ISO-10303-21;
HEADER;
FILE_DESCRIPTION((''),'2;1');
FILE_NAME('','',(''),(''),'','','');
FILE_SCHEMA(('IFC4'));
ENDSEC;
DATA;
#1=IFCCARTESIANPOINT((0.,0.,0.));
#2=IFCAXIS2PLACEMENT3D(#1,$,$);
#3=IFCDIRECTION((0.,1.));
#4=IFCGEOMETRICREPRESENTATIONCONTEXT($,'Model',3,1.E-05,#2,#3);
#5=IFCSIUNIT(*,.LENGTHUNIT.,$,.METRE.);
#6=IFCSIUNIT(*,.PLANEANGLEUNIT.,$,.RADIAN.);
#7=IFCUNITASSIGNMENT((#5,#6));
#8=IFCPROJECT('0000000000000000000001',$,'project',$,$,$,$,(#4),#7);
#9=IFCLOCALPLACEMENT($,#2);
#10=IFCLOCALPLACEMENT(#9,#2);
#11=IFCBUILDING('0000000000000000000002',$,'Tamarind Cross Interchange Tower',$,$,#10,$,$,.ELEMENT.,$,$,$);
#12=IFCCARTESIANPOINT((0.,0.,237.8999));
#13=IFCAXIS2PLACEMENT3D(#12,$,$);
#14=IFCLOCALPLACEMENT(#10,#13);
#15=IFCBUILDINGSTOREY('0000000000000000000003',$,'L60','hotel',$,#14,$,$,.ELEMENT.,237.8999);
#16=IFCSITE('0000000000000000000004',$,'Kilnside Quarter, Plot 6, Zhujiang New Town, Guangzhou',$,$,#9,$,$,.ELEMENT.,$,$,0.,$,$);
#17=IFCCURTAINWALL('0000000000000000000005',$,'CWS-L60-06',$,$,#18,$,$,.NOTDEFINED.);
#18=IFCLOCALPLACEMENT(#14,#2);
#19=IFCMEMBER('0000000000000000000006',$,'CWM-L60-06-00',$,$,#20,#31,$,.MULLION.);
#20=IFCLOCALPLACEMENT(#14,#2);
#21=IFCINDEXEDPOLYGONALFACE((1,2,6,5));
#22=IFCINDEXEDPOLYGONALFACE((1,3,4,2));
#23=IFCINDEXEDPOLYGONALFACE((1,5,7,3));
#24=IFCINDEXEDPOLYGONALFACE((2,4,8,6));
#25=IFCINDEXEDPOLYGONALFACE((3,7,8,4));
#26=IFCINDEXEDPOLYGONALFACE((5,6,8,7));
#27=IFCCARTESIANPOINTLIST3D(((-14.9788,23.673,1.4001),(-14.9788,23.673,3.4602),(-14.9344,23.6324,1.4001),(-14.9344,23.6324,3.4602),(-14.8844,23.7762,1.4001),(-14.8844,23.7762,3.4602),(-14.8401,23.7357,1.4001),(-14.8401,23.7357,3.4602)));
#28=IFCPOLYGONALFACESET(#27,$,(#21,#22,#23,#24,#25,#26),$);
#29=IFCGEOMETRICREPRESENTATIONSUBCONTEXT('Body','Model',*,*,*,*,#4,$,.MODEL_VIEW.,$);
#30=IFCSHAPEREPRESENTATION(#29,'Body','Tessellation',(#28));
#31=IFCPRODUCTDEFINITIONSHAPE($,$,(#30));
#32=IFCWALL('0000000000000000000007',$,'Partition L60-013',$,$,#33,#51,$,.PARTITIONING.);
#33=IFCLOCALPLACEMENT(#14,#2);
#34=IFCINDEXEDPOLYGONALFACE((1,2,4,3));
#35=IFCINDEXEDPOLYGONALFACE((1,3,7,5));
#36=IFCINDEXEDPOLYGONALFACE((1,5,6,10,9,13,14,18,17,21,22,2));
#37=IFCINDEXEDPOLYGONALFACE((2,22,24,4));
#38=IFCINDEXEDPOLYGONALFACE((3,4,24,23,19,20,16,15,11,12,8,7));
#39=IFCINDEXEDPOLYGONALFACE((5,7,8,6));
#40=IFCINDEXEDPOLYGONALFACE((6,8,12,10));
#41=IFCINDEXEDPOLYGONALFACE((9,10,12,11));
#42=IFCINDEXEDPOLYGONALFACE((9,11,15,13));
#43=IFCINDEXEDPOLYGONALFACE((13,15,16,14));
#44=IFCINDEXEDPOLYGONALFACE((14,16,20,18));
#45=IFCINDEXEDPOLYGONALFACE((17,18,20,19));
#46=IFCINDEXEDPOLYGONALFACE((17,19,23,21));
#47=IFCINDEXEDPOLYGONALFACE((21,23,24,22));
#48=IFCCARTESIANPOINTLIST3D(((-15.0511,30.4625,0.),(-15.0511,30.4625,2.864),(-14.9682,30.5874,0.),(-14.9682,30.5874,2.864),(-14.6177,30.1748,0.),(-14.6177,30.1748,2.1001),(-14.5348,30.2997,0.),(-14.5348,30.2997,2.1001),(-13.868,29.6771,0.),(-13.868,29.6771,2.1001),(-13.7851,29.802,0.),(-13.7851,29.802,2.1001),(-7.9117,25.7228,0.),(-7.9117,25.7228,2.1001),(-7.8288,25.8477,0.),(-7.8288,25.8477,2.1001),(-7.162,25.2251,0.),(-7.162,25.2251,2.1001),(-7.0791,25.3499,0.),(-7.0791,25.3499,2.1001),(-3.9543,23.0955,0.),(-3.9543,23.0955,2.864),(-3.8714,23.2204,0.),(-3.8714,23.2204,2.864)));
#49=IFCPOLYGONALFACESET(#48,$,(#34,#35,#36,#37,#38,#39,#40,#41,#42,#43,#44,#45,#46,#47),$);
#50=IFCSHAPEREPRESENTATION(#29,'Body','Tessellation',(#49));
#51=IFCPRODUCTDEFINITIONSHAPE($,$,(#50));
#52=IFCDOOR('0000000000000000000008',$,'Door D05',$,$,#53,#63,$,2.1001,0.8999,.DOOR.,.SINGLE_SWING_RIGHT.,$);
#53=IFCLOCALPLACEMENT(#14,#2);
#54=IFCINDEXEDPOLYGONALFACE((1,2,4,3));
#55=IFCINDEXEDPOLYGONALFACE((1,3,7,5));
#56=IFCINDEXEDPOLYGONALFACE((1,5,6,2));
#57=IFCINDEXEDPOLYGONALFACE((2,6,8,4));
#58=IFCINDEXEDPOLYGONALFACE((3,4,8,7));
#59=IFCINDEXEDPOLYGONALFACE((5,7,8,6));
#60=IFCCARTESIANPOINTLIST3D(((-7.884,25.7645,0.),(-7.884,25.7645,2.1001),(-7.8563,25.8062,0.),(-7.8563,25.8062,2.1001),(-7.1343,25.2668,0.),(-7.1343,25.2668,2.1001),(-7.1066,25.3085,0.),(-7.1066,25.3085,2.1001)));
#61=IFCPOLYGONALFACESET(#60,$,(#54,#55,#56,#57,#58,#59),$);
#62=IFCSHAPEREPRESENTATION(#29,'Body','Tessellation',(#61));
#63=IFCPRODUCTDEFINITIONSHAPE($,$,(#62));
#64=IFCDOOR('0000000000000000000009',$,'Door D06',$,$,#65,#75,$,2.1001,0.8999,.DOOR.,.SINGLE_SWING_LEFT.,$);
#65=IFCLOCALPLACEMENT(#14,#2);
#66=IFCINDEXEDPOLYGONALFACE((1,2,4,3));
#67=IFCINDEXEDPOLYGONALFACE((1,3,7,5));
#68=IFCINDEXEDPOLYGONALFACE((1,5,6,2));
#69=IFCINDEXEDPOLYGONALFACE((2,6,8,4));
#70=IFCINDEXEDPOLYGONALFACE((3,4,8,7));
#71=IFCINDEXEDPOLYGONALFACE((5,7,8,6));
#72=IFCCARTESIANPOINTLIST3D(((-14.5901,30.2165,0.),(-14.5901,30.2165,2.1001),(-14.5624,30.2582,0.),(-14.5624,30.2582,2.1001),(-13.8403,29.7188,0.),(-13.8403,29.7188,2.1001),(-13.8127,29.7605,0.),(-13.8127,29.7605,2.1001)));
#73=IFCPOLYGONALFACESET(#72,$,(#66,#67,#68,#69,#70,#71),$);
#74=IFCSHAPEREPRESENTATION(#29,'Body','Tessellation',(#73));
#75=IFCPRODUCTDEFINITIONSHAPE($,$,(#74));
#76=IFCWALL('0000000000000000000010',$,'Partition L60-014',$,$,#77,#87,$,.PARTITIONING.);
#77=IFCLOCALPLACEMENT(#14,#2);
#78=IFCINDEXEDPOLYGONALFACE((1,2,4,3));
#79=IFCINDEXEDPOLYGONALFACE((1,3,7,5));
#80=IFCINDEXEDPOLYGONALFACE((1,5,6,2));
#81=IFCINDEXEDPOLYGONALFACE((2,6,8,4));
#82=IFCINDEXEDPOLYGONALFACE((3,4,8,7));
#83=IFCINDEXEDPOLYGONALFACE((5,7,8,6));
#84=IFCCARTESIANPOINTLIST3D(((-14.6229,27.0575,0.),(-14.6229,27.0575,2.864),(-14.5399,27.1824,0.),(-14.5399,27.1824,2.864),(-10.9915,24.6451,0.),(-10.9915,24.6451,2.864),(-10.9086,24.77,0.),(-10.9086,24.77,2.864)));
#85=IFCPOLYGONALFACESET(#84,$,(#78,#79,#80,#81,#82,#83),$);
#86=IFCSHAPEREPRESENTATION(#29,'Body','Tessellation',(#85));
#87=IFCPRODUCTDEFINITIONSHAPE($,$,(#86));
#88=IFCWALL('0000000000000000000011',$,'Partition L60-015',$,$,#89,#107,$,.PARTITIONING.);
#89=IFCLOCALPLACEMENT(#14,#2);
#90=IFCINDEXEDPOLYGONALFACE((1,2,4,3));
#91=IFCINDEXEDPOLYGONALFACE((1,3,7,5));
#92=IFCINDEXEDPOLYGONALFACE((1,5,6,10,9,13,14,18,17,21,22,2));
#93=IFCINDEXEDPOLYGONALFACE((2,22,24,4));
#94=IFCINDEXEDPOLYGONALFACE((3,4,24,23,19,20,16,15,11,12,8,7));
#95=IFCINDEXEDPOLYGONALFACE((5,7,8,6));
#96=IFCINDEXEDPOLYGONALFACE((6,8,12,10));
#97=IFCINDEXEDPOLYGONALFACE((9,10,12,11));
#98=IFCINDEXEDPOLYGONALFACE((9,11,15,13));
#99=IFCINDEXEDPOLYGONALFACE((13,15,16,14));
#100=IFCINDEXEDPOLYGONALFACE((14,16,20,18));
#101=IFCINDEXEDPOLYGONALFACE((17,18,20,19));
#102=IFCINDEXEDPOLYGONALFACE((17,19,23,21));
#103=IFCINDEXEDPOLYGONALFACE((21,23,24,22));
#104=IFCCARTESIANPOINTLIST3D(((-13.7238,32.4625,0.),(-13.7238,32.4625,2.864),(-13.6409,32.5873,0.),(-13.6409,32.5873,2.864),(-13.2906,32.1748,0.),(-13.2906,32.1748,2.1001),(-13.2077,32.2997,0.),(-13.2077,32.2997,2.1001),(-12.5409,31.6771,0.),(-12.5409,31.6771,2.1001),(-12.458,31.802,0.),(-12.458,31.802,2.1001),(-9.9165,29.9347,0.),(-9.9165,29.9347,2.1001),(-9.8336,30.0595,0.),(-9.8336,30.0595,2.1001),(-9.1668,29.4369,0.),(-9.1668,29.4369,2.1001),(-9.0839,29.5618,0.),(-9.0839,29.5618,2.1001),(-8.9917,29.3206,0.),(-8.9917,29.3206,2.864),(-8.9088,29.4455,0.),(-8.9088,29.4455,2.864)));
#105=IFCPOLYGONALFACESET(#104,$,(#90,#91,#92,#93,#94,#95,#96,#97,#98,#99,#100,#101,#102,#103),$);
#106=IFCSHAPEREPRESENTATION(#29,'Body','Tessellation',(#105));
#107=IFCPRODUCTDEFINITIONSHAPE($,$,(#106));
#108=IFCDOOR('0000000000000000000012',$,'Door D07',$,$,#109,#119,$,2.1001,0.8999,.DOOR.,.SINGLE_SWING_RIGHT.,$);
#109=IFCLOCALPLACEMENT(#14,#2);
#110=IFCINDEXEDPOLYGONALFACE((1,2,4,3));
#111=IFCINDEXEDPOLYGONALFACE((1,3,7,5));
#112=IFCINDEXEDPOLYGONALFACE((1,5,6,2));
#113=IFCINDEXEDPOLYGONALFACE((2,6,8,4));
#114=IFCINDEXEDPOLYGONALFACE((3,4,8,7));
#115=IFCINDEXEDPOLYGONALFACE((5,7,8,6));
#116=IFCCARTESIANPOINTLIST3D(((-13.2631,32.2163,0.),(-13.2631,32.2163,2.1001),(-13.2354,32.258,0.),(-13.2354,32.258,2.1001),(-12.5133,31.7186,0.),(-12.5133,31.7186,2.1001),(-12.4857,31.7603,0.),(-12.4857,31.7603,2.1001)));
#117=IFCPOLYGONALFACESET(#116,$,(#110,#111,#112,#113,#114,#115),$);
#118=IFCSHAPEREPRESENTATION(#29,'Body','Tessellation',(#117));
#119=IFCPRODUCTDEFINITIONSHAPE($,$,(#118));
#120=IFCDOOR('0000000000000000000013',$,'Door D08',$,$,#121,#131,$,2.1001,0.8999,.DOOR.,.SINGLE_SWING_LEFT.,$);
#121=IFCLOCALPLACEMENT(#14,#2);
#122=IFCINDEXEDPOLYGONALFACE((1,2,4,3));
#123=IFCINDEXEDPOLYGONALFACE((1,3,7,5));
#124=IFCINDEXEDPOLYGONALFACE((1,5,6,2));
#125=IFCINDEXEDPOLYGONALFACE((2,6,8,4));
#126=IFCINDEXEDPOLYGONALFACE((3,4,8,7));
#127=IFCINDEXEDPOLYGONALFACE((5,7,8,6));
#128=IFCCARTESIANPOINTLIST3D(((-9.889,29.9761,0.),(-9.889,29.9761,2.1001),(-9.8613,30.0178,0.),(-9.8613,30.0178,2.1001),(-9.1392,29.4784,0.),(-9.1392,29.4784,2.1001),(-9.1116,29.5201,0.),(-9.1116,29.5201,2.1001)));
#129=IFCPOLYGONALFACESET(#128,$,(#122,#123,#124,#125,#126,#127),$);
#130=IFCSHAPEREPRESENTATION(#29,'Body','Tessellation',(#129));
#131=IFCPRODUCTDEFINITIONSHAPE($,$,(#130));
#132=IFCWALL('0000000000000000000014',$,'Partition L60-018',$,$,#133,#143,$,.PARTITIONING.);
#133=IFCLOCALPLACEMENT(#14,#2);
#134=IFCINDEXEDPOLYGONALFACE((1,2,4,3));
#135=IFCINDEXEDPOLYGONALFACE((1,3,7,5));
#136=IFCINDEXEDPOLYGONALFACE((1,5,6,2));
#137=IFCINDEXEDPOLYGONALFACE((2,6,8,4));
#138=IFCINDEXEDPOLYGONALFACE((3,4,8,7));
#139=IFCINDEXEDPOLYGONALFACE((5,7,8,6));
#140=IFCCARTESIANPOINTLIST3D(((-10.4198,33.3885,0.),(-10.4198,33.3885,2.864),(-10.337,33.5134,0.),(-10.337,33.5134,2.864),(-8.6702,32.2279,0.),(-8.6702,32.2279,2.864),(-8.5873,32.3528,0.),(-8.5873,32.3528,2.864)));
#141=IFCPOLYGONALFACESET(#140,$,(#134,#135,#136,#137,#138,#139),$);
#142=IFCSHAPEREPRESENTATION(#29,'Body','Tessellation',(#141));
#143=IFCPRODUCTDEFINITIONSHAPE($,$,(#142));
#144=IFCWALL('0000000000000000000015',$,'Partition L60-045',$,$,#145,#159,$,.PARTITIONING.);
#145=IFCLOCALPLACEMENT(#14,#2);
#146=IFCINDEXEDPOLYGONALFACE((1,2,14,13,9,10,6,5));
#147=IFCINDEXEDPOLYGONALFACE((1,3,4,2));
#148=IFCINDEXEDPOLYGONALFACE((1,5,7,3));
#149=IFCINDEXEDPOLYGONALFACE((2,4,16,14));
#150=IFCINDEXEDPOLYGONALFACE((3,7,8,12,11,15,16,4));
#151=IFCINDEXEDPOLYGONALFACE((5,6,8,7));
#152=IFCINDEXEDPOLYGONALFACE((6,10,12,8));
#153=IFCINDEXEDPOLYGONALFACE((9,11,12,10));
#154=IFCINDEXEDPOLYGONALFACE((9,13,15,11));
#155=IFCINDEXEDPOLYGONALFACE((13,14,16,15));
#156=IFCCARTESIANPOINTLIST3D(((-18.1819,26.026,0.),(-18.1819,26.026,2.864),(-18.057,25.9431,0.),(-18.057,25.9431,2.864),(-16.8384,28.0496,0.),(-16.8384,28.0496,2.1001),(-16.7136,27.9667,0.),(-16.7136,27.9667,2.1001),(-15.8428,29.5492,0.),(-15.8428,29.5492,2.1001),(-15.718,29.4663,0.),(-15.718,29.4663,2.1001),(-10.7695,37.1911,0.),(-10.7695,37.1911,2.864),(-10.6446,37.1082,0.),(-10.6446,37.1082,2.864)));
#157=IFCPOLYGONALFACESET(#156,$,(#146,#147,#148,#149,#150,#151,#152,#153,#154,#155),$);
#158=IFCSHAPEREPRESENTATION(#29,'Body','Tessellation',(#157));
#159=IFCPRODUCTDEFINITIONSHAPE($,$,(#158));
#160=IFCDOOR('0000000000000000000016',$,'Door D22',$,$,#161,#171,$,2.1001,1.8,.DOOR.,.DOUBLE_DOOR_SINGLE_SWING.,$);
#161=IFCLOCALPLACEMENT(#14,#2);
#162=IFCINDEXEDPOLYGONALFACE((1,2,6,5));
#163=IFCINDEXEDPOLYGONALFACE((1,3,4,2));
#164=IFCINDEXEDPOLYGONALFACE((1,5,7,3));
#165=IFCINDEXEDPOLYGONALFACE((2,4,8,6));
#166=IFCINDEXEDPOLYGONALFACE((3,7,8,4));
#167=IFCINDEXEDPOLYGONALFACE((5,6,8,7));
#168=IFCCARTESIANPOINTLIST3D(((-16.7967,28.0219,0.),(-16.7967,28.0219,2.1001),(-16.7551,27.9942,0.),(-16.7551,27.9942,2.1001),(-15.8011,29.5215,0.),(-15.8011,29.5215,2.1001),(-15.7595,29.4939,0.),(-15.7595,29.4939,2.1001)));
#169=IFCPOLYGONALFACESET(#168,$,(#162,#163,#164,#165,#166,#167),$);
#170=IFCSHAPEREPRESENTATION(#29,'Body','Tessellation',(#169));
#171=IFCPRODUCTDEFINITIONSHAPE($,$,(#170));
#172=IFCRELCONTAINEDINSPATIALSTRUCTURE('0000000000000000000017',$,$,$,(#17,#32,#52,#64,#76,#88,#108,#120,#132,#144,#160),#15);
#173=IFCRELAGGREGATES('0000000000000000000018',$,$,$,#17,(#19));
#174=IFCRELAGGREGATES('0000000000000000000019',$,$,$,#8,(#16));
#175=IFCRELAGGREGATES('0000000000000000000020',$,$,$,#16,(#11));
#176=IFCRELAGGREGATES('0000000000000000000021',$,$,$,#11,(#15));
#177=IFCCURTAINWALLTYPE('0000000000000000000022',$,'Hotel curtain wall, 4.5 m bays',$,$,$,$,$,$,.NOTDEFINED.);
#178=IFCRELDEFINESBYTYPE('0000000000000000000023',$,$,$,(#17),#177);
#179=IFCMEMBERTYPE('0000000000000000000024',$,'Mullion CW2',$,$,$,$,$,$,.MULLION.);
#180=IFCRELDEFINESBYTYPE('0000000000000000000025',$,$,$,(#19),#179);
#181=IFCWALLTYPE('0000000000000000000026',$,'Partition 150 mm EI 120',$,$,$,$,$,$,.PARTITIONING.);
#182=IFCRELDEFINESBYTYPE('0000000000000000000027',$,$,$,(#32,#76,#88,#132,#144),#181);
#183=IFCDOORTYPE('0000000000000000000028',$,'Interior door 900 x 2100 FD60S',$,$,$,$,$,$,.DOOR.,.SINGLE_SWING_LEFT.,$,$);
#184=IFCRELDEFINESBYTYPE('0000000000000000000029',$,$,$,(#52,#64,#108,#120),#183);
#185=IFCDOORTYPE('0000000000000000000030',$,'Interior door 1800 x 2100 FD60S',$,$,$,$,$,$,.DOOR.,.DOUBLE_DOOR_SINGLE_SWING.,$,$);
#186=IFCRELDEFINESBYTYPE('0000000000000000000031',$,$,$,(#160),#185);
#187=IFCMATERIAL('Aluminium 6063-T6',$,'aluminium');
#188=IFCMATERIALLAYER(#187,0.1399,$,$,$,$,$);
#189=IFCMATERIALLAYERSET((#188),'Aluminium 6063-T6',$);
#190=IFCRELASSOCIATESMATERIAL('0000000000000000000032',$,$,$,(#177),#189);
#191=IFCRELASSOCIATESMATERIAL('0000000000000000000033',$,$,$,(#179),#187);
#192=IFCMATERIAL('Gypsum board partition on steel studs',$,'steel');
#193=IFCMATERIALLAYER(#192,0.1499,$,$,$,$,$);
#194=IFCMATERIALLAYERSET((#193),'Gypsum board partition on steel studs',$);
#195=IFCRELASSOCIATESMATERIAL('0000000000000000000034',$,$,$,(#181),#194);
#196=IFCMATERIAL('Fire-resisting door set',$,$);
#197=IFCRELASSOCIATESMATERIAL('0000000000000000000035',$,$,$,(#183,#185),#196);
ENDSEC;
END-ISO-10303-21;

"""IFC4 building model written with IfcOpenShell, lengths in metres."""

from ifc_helpers import new_model, si_unit, direction, frame, frame_2d, origin, origin_2d, place, context, subcontext, project, spatial, rectangle, extrude, material, layer, layer_set, material_profile, profile_set, type_object, element, fill, aggregate, save


model = new_model("IFC4")

# Units and contexts
model_context = context("Model", 3, precision=1e-05, world=origin(), true_north=direction((0.0, 1.0)))
body_context = subcontext(model_context, "Body", "Model", "MODEL_VIEW")
ifc_project = project(units=[si_unit("LENGTHUNIT", "METRE"), si_unit("PLANEANGLEUNIT", "RADIAN")], contexts=[model_context])

# Site, building, storey
site_placement = place(None, origin())
site = spatial("IfcSite", under=ifc_project, at=site_placement, Name="Kilnside Quarter, Plot 6, Zhujiang New Town, Guangzhou", CompositionType="ELEMENT", RefElevation=0.0)
building_placement = place(site_placement, origin())
building = spatial("IfcBuilding", under=site, at=building_placement, Name="Tamarind Cross Interchange Tower", CompositionType="ELEMENT")
storey_placement = place(building_placement, frame((0.0, 0.0, 237.8999)))
storey = spatial("IfcBuildingStorey", under=building, at=storey_placement, Name="L60", Description="hotel", CompositionType="ELEMENT", Elevation=237.8999)

# Shared definitions
ifc_material_1 = material(Name="Aluminium 6063-T6", Category="aluminium")
ifc_layer_1 = layer(ifc_material_1, 0.1399)
ifc_layer_set_1 = layer_set([ifc_layer_1], Name="Aluminium 6063-T6")
curtain_wall_type = type_object("IfcCurtainWallType", Name="Hotel curtain wall, 4.5 m bays", PredefinedType="NOTDEFINED", material=ifc_layer_set_1)
ifc_material_profile_1 = material_profile(ifc_material_1, rectangle(XDim=0.0601, YDim=0.1399, at=origin_2d()), Name="Mullion CW2")
ifc_profile_set_1 = profile_set([ifc_material_profile_1], Name="Aluminium 6063-T6")
member_type = type_object("IfcMemberType", Name="Mullion CW2", PredefinedType="MULLION", material=ifc_profile_set_1)

# Curtain wall, member
curtain_wall_1_placement = place(storey_placement, origin())
curtain_wall_1 = element("IfcCurtainWall", 1, at=curtain_wall_1_placement, inside=storey, type_object=curtain_wall_type, Name="CWS-L60-06", PredefinedType="NOTDEFINED")
member_1_placement = place(storey_placement, frame((-14.9094, 23.7043, 1.4001), z_axis=(0.0, 0.0, 1.0), x_axis=(0.738352, -0.674415, 0.0)))
member_1 = element("IfcMember", 2, at=member_1_placement, type_object=member_type, Name="CWM-L60-06-00", PredefinedType="MULLION", context=body_context, shape_type="SweptSolid", body=[
    extrude(rectangle(XDim=0.0601, YDim=0.1399, at=origin_2d()), origin(), (0.0, 0.0, 1.0), 2.0601),
])
aggregate(curtain_wall_1, [member_1])

# Wall, openings, doors
ifc_material_2 = material(Name="Gypsum board partition on steel studs", Category="steel")
ifc_layer_2 = layer(ifc_material_2, 0.1499)
ifc_layer_set_2 = layer_set([ifc_layer_2], Name="Gypsum board partition on steel studs")
wall_type = type_object("IfcWallType", Name="Partition 150 mm EI 120", PredefinedType="PARTITIONING", material=ifc_layer_set_2)
wall_1_placement = place(storey_placement, frame((-15.0095, 30.5249, 0.0), z_axis=(0.0, 0.0, 1.0), x_axis=(0.833118, -0.553096, 0.0)))
wall_1 = element("IfcWall", 3, at=wall_1_placement, inside=storey, type_object=wall_type, Name="Partition L60-013", PredefinedType="PARTITIONING", context=body_context, shape_type="SweptSolid", body=[
    extrude(rectangle(XDim=13.3196, YDim=0.1499, at=frame_2d((6.6597, 0.0))), origin(), (0.0, 0.0, 1.0), 2.864),
])
opening_1_placement = place(wall_1_placement, frame((8.5693, 0.0, 0.0)))
opening_1 = element("IfcOpeningElement", 4, at=opening_1_placement, cuts=wall_1, PredefinedType="OPENING", context=body_context, shape_type="SweptSolid", body=[
    extrude(rectangle(XDim=0.8999, YDim=2.1001, at=frame_2d((0.45, 1.05))), frame((0.0, 0.085, 0.0), z_axis=(0.0, -1.0, 0.0), x_axis=(1.0, 0.0, 0.0)), (0.0, 0.0, 1.0), 0.1699),
])
opening_2_placement = place(wall_1_placement, frame((0.52, 0.0, 0.0)))
opening_2 = element("IfcOpeningElement", 5, at=opening_2_placement, cuts=wall_1, PredefinedType="OPENING", context=body_context, shape_type="SweptSolid", body=[
    extrude(rectangle(XDim=0.8999, YDim=2.1001, at=frame_2d((0.45, 1.05))), frame((0.0, 0.085, 0.0), z_axis=(0.0, -1.0, 0.0), x_axis=(1.0, 0.0, 0.0)), (0.0, 0.0, 1.0), 0.1699),
])
ifc_material_3 = material(Name="Fire-resisting door set")
door_type_1 = type_object("IfcDoorType", Name="Interior door 900 x 2100 FD60S", OperationType="SINGLE_SWING_LEFT", PredefinedType="DOOR", material=ifc_material_3)
door_1_placement = place(opening_1_placement, frame((0.8999, 0.0, 0.0), z_axis=(0.0, 0.0, 1.0), x_axis=(-1.0, 0.0, 0.0)))
door_1 = element("IfcDoor", 6, at=door_1_placement, inside=storey, type_object=door_type_1, Name="Door D05", OperationType="SINGLE_SWING_RIGHT", OverallHeight=2.1001, OverallWidth=0.8999, PredefinedType="DOOR", context=body_context, shape_type="SweptSolid", body=[
    extrude(rectangle(XDim=0.8999, YDim=2.1001, at=frame_2d((0.45, 1.05))), frame((0.0, 0.0249, 0.0), z_axis=(0.0, -1.0, 0.0), x_axis=(1.0, 0.0, 0.0)), (0.0, 0.0, 1.0), 0.05),
])
fill(opening_1, door_1)
door_2_placement = place(opening_2_placement, frame((0.8999, 0.0, 0.0), z_axis=(0.0, 0.0, 1.0), x_axis=(-1.0, 0.0, 0.0)))
door_2 = element("IfcDoor", 7, at=door_2_placement, inside=storey, type_object=door_type_1, Name="Door D06", OperationType="SINGLE_SWING_LEFT", OverallHeight=2.1001, OverallWidth=0.8999, PredefinedType="DOOR", context=body_context, shape_type="SweptSolid", body=[
    extrude(rectangle(XDim=0.8999, YDim=2.1001, at=frame_2d((0.45, 1.05))), frame((0.0, 0.0249, 0.0), z_axis=(0.0, -1.0, 0.0), x_axis=(1.0, 0.0, 0.0)), (0.0, 0.0, 1.0), 0.05),
])
fill(opening_2, door_2)

# Wall
wall_2_placement = place(storey_placement, frame((-14.5813, 27.1199, 0.0), z_axis=(0.0, 0.0, 1.0), x_axis=(0.832954, -0.553343, 0.0)))
element("IfcWall", 8, at=wall_2_placement, inside=storey, type_object=wall_type, Name="Partition L60-014", PredefinedType="PARTITIONING", context=body_context, shape_type="SweptSolid", body=[
    extrude(rectangle(XDim=4.3596, YDim=0.1499, at=frame_2d((2.1797, 0.0))), origin(), (0.0, 0.0, 1.0), 2.864),
])

# Wall, openings, doors
wall_3_placement = place(storey_placement, frame((-13.6824, 32.5249, 0.0), z_axis=(0.0, 0.0, 1.0), x_axis=(0.8331, -0.553122, 0.0)))
wall_3 = element("IfcWall", 9, at=wall_3_placement, inside=storey, type_object=wall_type, Name="Partition L60-015", PredefinedType="PARTITIONING", context=body_context, shape_type="SweptSolid", body=[
    extrude(rectangle(XDim=5.6802, YDim=0.1499, at=frame_2d((2.8401, 0.0))), origin(), (0.0, 0.0, 1.0), 2.864),
])
opening_3_placement = place(wall_3_placement, frame((0.52, 0.0, 0.0)))
opening_3 = element("IfcOpeningElement", 10, at=opening_3_placement, cuts=wall_3, PredefinedType="OPENING", context=body_context, shape_type="SweptSolid", body=[
    extrude(rectangle(XDim=0.8999, YDim=2.1001, at=frame_2d((0.45, 1.05))), frame((0.0, 0.085, 0.0), z_axis=(0.0, -1.0, 0.0), x_axis=(1.0, 0.0, 0.0)), (0.0, 0.0, 1.0), 0.1699),
])
opening_4_placement = place(wall_3_placement, frame((4.5701, 0.0, 0.0)))
opening_4 = element("IfcOpeningElement", 11, at=opening_4_placement, cuts=wall_3, PredefinedType="OPENING", context=body_context, shape_type="SweptSolid", body=[
    extrude(rectangle(XDim=0.8999, YDim=2.1001, at=frame_2d((0.45, 1.05))), frame((0.0, 0.085, 0.0), z_axis=(0.0, -1.0, 0.0), x_axis=(1.0, 0.0, 0.0)), (0.0, 0.0, 1.0), 0.1699),
])
door_3_placement = place(opening_3_placement, origin())
door_3 = element("IfcDoor", 12, at=door_3_placement, inside=storey, type_object=door_type_1, Name="Door D07", OperationType="SINGLE_SWING_RIGHT", OverallHeight=2.1001, OverallWidth=0.8999, PredefinedType="DOOR", context=body_context, shape_type="SweptSolid", body=[
    extrude(rectangle(XDim=0.8999, YDim=2.1001, at=frame_2d((0.45, 1.05))), frame((0.0, 0.0249, 0.0), z_axis=(0.0, -1.0, 0.0), x_axis=(1.0, 0.0, 0.0)), (0.0, 0.0, 1.0), 0.05),
])
fill(opening_3, door_3)
door_4_placement = place(opening_4_placement, origin())
door_4 = element("IfcDoor", 13, at=door_4_placement, inside=storey, type_object=door_type_1, Name="Door D08", OperationType="SINGLE_SWING_LEFT", OverallHeight=2.1001, OverallWidth=0.8999, PredefinedType="DOOR", context=body_context, shape_type="SweptSolid", body=[
    extrude(rectangle(XDim=0.8999, YDim=2.1001, at=frame_2d((0.45, 1.05))), frame((0.0, 0.0249, 0.0), z_axis=(0.0, -1.0, 0.0), x_axis=(1.0, 0.0, 0.0)), (0.0, 0.0, 1.0), 0.05),
])
fill(opening_4, door_4)

# Wall
wall_4_placement = place(storey_placement, frame((-10.3784, 33.4509, 0.0), z_axis=(0.0, 0.0, 1.0), x_axis=(0.833336, -0.552767, 0.0)))
element("IfcWall", 14, at=wall_4_placement, inside=storey, type_object=wall_type, Name="Partition L60-018", PredefinedType="PARTITIONING", context=body_context, shape_type="SweptSolid", body=[
    extrude(rectangle(XDim=2.0996, YDim=0.1499, at=frame_2d((1.0498, 0.0))), origin(), (0.0, 0.0, 1.0), 2.864),
])

# Wall, opening, door
wall_5_placement = place(storey_placement, frame((-18.1194, 25.9846, 0.0), z_axis=(0.0, 0.0, 1.0), x_axis=(0.553097, 0.833117, 0.0)))
wall_5 = element("IfcWall", 15, at=wall_5_placement, inside=storey, type_object=wall_type, Name="Partition L60-045", PredefinedType="PARTITIONING", context=body_context, shape_type="SweptSolid", body=[
    extrude(rectangle(XDim=13.4016, YDim=0.1499, at=frame_2d((6.7007, 0.0))), origin(), (0.0, 0.0, 1.0), 2.864),
])
opening_5_placement = place(wall_5_placement, frame((2.429, 0.0, 0.0)))
opening_5 = element("IfcOpeningElement", 16, at=opening_5_placement, cuts=wall_5, PredefinedType="OPENING", context=body_context, shape_type="SweptSolid", body=[
    extrude(rectangle(XDim=1.8, YDim=2.1001, at=frame_2d((0.8999, 1.05))), frame((0.0, 0.085, 0.0), z_axis=(0.0, -1.0, 0.0), x_axis=(1.0, 0.0, 0.0)), (0.0, 0.0, 1.0), 0.1699),
])
door_type_2 = type_object("IfcDoorType", Name="Interior door 1800 x 2100 FD60S", OperationType="DOUBLE_DOOR_SINGLE_SWING", PredefinedType="DOOR", material=ifc_material_3)
door_5_placement = place(opening_5_placement, origin())
door_5 = element("IfcDoor", 17, at=door_5_placement, inside=storey, type_object=door_type_2, Name="Door D22", OperationType="DOUBLE_DOOR_SINGLE_SWING", OverallHeight=2.1001, OverallWidth=1.8, PredefinedType="DOOR", context=body_context, shape_type="SweptSolid", body=[
    extrude(rectangle(XDim=1.8, YDim=2.1001, at=frame_2d((0.8999, 1.05))), frame((0.0, 0.0249, 0.0), z_axis=(0.0, -1.0, 0.0), x_axis=(1.0, 0.0, 0.0)), (0.0, 0.0, 1.0), 0.05),
])
fill(opening_5, door_5)

save(model, "model.ifc")
